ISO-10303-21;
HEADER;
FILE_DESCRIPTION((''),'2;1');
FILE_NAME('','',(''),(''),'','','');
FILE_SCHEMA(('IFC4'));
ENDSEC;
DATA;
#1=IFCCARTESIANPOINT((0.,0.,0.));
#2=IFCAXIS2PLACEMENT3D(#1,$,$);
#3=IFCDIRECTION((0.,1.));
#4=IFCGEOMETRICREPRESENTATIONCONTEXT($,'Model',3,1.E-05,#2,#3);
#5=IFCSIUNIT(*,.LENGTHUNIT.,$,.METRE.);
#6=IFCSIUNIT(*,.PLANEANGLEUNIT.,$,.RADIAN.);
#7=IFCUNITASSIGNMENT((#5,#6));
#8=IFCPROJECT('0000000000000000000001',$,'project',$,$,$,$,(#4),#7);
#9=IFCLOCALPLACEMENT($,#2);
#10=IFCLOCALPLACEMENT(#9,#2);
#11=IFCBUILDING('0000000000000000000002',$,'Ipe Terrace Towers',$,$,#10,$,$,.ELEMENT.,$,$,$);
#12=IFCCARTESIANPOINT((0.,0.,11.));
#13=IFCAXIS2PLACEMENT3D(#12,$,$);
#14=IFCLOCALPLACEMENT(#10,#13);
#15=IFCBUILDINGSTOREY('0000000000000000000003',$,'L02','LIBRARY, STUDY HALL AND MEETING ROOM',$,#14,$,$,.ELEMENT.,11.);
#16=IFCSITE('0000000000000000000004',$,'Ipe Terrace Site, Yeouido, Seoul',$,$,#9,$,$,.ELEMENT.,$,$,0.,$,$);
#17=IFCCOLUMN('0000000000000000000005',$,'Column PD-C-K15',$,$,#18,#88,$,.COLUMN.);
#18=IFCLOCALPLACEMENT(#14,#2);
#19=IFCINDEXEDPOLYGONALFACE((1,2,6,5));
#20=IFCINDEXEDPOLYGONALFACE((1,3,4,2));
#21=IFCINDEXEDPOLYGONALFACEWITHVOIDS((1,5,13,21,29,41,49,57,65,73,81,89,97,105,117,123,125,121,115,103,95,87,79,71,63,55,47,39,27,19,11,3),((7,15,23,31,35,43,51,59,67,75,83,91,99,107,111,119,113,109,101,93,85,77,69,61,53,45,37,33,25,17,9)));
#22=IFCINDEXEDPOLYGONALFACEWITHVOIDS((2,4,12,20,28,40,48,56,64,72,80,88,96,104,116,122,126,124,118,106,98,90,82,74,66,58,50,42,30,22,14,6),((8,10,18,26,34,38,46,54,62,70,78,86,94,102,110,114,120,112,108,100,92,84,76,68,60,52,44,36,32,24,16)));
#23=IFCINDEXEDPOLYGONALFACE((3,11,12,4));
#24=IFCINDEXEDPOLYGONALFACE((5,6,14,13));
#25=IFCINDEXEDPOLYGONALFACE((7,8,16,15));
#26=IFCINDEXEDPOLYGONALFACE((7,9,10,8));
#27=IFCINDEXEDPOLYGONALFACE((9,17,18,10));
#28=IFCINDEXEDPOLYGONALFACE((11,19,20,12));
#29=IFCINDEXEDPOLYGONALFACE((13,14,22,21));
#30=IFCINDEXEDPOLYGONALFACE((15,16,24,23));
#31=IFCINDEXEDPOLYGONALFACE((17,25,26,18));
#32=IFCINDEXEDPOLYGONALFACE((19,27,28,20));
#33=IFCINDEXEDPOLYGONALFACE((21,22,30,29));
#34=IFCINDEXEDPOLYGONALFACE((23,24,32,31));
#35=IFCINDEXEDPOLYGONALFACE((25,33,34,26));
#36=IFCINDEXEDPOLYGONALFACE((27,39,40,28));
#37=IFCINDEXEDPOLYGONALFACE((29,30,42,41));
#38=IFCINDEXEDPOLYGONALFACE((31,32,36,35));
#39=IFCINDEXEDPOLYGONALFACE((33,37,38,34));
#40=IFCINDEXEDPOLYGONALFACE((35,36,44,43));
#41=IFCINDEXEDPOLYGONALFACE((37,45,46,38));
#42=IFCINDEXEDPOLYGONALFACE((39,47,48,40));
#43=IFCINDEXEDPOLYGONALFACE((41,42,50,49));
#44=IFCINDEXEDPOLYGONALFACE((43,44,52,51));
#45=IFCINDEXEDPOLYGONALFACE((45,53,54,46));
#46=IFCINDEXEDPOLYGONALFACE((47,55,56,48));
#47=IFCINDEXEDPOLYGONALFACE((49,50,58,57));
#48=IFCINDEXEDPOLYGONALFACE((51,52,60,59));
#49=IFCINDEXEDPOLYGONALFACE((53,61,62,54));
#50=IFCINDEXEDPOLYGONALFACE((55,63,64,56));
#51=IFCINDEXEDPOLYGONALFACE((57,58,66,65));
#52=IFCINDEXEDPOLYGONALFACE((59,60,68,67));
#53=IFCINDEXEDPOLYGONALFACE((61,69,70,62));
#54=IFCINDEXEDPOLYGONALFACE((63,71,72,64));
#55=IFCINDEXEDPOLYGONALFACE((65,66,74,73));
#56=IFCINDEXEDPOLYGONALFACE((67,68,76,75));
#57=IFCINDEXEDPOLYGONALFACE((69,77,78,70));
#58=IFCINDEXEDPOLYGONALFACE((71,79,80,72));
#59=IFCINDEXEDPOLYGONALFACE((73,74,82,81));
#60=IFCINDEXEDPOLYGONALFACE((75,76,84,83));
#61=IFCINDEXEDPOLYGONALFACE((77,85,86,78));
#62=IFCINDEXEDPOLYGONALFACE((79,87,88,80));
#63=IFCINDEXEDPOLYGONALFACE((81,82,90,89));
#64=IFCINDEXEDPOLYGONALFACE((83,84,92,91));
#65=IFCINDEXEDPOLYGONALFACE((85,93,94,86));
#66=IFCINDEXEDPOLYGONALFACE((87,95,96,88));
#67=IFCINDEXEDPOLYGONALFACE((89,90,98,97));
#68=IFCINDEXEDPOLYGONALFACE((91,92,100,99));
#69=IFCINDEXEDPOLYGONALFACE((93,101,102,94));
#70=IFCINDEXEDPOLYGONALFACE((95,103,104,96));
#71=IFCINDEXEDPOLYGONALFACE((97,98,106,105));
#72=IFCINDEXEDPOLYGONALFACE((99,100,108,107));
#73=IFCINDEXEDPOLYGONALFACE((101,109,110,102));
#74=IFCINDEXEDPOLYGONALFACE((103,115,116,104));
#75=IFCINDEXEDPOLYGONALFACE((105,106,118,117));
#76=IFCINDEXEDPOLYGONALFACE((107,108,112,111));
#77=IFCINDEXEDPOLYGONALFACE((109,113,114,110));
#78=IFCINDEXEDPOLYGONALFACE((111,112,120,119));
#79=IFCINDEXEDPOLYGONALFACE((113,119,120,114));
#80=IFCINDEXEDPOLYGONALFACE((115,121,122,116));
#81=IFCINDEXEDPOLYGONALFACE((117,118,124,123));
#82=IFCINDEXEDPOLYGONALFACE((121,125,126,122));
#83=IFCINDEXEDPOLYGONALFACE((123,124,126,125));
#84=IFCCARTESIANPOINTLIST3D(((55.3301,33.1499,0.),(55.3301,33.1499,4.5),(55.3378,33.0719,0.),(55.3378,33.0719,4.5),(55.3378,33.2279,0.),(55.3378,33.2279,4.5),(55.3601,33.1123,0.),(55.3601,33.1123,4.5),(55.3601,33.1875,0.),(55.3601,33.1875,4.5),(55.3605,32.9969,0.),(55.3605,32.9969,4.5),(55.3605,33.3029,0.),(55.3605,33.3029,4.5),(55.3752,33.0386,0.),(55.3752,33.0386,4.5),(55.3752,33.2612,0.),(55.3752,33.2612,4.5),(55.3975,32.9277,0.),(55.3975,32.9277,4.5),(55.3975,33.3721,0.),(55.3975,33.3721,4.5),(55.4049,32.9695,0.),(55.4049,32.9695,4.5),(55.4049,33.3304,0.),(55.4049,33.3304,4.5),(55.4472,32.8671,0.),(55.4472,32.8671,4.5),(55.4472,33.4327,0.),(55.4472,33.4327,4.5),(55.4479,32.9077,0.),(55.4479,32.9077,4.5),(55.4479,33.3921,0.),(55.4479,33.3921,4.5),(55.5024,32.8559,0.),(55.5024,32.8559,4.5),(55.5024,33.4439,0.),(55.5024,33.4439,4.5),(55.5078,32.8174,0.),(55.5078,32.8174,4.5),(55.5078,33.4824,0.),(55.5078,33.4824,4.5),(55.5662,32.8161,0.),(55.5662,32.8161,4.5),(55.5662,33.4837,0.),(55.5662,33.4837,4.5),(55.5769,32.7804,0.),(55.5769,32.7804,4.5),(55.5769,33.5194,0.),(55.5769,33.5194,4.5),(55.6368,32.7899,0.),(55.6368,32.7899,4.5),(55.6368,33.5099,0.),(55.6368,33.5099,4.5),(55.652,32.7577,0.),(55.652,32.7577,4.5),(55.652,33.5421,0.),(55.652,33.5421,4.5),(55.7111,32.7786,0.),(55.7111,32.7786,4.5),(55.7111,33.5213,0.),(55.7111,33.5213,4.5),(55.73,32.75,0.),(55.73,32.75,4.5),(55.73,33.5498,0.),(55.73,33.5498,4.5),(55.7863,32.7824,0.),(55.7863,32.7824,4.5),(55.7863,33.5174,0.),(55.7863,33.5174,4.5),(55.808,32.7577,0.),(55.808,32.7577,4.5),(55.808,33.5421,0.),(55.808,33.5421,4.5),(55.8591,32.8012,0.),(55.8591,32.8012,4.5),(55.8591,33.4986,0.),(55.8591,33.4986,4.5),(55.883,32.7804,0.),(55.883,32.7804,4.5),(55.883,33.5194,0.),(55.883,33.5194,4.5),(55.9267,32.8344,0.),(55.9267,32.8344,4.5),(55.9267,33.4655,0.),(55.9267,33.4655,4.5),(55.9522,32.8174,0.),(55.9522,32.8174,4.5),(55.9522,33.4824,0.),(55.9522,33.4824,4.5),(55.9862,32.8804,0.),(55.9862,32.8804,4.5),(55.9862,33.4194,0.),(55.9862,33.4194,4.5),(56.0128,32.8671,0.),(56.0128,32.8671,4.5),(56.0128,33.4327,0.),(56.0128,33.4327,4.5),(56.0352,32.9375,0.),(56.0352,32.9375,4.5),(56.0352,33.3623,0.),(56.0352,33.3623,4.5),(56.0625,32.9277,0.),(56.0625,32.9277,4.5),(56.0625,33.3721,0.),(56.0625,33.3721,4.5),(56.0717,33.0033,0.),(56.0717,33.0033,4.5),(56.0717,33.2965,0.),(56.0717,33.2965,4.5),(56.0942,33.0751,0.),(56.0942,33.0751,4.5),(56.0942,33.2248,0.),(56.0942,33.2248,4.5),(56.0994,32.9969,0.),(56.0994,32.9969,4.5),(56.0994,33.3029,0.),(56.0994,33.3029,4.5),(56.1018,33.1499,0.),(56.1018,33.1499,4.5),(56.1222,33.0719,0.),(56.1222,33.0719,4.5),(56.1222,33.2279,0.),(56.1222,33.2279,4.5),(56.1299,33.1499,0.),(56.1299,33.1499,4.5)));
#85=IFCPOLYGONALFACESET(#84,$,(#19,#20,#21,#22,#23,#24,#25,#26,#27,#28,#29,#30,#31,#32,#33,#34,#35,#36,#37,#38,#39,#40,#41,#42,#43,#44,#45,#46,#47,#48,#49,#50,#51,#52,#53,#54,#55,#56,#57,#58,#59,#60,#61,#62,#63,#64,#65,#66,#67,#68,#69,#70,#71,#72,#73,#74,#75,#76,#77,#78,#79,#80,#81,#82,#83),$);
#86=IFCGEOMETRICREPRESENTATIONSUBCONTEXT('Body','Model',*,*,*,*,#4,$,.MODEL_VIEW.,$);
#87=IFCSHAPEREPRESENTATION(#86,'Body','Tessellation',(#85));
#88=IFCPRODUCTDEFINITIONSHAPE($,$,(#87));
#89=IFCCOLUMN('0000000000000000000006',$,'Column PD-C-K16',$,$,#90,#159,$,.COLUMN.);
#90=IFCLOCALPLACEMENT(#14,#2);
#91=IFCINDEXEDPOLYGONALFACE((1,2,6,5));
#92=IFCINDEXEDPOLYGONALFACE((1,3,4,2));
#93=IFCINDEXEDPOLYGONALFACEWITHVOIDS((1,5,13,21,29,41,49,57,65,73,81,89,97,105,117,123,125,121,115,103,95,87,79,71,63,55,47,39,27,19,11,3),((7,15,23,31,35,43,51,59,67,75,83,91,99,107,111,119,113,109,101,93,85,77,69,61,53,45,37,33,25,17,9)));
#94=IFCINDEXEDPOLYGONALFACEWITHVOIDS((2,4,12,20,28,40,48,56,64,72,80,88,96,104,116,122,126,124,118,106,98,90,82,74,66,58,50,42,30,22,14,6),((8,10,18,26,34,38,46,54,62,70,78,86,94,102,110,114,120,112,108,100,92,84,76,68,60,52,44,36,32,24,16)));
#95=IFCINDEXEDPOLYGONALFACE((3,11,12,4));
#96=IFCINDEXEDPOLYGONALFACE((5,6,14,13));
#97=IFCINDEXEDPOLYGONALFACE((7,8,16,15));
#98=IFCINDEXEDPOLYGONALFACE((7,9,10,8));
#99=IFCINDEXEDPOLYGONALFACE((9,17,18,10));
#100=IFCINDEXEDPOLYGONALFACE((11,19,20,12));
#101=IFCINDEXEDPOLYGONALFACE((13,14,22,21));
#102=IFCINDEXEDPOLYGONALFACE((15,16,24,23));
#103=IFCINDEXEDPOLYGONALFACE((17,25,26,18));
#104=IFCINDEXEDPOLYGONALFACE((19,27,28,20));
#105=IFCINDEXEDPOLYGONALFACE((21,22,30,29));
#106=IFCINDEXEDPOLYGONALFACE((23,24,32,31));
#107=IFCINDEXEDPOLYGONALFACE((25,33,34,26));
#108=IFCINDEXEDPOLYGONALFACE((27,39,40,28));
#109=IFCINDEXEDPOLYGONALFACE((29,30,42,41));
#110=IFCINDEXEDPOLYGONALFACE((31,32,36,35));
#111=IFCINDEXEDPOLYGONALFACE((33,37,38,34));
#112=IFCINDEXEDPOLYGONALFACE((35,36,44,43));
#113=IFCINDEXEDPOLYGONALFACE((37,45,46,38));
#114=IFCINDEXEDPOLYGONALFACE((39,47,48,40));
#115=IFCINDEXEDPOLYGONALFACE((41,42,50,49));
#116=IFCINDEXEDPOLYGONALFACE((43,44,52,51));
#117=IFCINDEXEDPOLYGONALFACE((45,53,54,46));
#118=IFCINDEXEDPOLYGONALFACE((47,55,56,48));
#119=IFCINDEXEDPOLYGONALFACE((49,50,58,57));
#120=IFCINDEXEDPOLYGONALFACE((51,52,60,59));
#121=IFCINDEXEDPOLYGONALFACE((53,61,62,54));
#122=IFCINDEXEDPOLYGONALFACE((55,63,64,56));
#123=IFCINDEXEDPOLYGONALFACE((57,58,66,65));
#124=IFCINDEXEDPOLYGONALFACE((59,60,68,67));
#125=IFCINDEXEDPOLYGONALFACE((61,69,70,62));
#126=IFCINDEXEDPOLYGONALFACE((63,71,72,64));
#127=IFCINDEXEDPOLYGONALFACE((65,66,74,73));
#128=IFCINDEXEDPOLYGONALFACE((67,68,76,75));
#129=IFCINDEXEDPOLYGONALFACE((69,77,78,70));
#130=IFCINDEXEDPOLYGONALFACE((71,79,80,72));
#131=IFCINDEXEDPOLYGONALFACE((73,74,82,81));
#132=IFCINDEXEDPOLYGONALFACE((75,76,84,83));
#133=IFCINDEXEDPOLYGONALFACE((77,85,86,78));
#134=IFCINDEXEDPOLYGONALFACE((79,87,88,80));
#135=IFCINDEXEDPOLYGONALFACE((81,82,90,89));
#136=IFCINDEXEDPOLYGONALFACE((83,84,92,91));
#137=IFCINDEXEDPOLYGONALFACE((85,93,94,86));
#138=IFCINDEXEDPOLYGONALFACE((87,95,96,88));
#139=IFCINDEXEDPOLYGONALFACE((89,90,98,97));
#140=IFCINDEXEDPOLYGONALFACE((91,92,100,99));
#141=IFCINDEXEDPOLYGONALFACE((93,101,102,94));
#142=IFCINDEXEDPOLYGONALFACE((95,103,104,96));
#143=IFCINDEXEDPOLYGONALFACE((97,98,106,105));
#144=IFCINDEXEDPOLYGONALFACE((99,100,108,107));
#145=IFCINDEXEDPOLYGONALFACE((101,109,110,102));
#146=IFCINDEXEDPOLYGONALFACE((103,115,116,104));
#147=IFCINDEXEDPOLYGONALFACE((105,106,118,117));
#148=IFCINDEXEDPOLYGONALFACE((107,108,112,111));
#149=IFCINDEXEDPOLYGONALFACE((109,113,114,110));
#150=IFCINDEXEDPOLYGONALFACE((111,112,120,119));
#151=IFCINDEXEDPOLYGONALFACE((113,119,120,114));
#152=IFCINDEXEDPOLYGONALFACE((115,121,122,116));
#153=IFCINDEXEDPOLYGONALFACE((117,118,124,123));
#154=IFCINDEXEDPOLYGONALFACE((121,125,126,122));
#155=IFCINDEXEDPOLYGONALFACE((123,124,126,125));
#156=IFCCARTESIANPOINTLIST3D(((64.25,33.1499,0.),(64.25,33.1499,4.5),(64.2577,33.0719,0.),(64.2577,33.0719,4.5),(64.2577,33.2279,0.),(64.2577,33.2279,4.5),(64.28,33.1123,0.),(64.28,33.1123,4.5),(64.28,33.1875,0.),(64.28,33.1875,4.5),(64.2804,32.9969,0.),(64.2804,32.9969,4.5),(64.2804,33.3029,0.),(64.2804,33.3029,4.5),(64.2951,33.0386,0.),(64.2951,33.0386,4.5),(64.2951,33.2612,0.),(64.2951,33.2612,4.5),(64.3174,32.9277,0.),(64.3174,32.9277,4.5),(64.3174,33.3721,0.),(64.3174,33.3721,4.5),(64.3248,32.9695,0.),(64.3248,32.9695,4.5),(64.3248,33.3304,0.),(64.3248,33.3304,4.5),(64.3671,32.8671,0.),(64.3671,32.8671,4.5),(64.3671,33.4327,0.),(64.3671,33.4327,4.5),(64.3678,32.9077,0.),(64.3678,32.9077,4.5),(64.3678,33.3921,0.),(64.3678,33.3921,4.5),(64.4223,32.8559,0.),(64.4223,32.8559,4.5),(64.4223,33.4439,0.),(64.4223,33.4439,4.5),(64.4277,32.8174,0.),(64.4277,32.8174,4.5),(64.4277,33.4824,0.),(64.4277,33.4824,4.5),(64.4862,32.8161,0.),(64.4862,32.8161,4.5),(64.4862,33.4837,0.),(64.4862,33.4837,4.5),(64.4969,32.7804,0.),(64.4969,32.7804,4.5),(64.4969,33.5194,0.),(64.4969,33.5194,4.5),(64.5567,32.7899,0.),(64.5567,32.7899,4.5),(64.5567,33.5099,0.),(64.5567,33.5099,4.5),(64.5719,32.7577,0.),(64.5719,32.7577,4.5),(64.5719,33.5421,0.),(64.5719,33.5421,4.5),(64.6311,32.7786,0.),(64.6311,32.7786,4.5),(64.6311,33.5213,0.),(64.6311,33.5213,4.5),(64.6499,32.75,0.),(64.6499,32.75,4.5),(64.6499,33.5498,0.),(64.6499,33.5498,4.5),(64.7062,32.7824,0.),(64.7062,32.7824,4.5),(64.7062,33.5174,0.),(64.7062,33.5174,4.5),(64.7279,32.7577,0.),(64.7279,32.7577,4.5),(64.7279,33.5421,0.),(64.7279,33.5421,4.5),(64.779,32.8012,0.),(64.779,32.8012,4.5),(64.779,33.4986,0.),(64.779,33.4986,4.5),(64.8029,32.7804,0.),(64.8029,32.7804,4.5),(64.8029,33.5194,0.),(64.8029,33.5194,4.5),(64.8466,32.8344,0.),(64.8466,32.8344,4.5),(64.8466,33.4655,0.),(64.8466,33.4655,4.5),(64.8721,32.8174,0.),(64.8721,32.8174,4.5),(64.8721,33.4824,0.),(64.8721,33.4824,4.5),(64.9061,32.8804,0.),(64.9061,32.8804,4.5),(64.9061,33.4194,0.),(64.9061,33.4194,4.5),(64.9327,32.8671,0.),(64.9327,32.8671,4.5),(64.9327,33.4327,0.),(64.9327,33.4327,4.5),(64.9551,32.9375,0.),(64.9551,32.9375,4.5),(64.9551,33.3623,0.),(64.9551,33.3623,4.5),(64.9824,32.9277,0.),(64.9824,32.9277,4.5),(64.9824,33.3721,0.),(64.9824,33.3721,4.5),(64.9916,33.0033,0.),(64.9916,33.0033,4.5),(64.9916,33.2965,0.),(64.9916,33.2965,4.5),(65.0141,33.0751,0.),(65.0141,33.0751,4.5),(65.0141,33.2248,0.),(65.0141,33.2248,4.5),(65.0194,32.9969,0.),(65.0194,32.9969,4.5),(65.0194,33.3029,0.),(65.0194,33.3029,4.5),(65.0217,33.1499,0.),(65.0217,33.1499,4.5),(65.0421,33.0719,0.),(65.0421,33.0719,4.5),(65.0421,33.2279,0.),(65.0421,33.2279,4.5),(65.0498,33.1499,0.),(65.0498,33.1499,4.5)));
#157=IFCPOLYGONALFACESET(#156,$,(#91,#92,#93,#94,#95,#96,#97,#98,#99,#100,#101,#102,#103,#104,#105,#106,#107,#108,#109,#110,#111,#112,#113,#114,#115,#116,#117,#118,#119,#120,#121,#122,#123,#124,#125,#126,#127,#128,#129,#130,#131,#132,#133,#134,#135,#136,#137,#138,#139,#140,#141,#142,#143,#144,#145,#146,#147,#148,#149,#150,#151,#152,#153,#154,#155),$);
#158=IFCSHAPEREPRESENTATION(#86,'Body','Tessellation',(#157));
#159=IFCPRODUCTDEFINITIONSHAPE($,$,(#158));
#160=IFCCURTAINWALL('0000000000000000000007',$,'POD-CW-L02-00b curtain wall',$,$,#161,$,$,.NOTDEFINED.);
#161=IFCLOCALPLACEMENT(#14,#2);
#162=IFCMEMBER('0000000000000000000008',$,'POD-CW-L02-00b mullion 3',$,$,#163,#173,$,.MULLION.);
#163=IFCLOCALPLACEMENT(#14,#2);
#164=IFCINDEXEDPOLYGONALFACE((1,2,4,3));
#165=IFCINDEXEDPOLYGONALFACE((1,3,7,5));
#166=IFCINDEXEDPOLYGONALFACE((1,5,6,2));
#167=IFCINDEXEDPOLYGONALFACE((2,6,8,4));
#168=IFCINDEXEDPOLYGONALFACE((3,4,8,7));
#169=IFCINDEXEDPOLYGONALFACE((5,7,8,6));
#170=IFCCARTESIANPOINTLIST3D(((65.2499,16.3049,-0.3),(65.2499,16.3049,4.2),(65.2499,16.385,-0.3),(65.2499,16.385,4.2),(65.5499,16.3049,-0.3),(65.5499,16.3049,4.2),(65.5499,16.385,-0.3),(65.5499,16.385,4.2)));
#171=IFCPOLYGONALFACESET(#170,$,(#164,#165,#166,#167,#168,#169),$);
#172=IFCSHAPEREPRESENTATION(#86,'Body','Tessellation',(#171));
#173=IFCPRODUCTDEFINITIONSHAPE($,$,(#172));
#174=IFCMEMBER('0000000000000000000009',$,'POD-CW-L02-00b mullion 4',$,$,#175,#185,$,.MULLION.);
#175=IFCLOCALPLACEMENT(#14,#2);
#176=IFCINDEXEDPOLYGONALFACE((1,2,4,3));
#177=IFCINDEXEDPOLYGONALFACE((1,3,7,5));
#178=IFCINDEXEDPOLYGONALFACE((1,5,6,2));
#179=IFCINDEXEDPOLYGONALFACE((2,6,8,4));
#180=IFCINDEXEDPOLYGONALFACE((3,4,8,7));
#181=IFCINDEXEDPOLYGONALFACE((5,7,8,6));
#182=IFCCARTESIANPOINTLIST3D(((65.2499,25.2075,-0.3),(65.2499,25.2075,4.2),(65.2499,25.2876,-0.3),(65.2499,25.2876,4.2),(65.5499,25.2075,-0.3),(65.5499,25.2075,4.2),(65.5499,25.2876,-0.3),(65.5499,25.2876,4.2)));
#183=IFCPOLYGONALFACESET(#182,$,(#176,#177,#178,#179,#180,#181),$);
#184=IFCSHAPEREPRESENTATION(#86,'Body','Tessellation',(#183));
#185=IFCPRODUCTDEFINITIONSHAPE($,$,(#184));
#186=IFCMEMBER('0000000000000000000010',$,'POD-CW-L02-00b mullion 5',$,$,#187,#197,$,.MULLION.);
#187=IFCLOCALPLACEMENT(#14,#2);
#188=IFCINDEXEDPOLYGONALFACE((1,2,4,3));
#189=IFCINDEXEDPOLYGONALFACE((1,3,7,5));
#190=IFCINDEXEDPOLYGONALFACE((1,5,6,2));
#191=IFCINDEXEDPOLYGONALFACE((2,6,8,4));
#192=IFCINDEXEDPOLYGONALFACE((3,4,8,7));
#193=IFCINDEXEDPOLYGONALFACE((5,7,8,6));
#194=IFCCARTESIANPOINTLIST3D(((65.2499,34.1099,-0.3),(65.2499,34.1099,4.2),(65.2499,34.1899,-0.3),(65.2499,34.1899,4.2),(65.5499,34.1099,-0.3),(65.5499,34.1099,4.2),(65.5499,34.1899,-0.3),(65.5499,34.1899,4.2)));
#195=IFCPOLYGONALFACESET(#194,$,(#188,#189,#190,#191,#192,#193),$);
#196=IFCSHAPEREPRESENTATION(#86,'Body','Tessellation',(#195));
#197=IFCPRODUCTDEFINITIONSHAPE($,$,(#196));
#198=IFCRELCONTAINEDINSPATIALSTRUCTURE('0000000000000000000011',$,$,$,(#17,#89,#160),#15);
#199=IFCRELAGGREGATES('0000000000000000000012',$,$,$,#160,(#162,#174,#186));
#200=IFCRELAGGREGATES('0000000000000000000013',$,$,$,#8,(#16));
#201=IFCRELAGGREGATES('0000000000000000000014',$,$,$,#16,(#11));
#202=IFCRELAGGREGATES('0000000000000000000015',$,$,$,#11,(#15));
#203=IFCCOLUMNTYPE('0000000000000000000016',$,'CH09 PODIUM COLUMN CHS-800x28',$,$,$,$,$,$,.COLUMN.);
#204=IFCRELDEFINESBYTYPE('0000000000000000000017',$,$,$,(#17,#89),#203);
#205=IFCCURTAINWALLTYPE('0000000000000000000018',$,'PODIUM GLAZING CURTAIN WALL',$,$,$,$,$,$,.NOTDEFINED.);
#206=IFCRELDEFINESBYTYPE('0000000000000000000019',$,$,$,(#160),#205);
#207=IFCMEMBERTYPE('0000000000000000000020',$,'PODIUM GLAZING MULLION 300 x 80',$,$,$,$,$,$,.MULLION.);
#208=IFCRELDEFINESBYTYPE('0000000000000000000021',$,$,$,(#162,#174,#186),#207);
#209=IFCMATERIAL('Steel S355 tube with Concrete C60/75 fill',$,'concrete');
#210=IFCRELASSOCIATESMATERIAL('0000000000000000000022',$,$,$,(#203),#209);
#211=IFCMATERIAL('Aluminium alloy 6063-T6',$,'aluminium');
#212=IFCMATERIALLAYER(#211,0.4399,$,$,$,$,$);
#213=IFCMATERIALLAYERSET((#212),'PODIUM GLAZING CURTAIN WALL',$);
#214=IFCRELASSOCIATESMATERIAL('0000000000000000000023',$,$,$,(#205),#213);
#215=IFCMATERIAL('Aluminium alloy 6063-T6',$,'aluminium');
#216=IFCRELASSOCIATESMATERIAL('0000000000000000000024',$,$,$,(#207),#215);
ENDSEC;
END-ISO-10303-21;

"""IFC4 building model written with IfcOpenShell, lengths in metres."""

from ifc_helpers import new_model, si_unit, direction, frame, origin, origin_2d, place, context, subcontext, project, spatial, rectangle, hollow_circle, extrude, material, layer, layer_set, material_profile, profile_set, type_object, element, aggregate, save


model = new_model("IFC4")

# Units and contexts
model_context = context("Model", 3, precision=1e-05, world=origin(), true_north=direction((0.0, 1.0)))
body_context = subcontext(model_context, "Body", "Model", "MODEL_VIEW")
ifc_project = project(units=[si_unit("LENGTHUNIT", "METRE"), si_unit("PLANEANGLEUNIT", "RADIAN")], contexts=[model_context])

# Site, building, storey
site_placement = place(None, origin())
site = spatial("IfcSite", under=ifc_project, at=site_placement, Name="Ipe Terrace Site, Yeouido, Seoul", CompositionType="ELEMENT", RefElevation=0.0)
building_placement = place(site_placement, origin())
building = spatial("IfcBuilding", under=site, at=building_placement, Name="Ipe Terrace Towers", CompositionType="ELEMENT")
storey_placement = place(building_placement, frame((0.0, 0.0, 11.0)))
storey = spatial("IfcBuildingStorey", under=building, at=storey_placement, Name="L02", Description="LIBRARY, STUDY HALL AND MEETING ROOM", CompositionType="ELEMENT", Elevation=11.0)

# Columns
ifc_material_1 = material(Name="Steel S355 tube with Concrete C60/75 fill", Category="concrete")
ifc_material_profile_1 = material_profile(ifc_material_1, hollow_circle(Radius=0.3999, WallThickness=0.0281, at=origin_2d()), Name="CHS-800x28")
ifc_profile_set_1 = profile_set([ifc_material_profile_1], Name="Steel S355 tube with Concrete C60/75 fill")
column_type = type_object("IfcColumnType", Name="CH09 PODIUM COLUMN CHS-800x28", PredefinedType="COLUMN", material=ifc_profile_set_1)
for number, where, z_axis, x_axis, name in (
    (1, (55.73, 33.1499, 0.0), (0.0, 0.0, 1.0), (1.0, 0.0, 0.0), "Column PD-C-K15"),
    (2, (64.6499, 33.1499, 0.0), (0.0, 0.0, 1.0), (1.0, 0.0, 0.0), "Column PD-C-K16"),
):
    element("IfcColumn", number, at=place(storey_placement, frame(where, z_axis=z_axis, x_axis=x_axis)), inside=storey, type_object=column_type, Name=name, PredefinedType="COLUMN", context=body_context, shape_type="SweptSolid", body=[
        extrude(hollow_circle(Radius=0.3999, WallThickness=0.0281, at=origin_2d()), origin(), (0.0, 0.0, 1.0), 4.5),
    ])

# Curtain wall, members
ifc_material_2 = material(Name="Aluminium alloy 6063-T6", Category="aluminium")
ifc_layer_1 = layer(ifc_material_2, 0.4399)
ifc_layer_set_1 = layer_set([ifc_layer_1], Name="PODIUM GLAZING CURTAIN WALL")
curtain_wall_type = type_object("IfcCurtainWallType", Name="PODIUM GLAZING CURTAIN WALL", PredefinedType="NOTDEFINED", material=ifc_layer_set_1)
curtain_wall_1_placement = place(storey_placement, origin())
curtain_wall_1 = element("IfcCurtainWall", 3, at=curtain_wall_1_placement, inside=storey, type_object=curtain_wall_type, Name="POD-CW-L02-00b curtain wall", PredefinedType="NOTDEFINED")
ifc_material_3 = material(Name="Aluminium alloy 6063-T6", Category="aluminium")
ifc_material_profile_2 = material_profile(ifc_material_3, rectangle(XDim=0.3, YDim=0.0801, at=origin_2d()), Name="PODIUM GLAZING MULLION 300 x 80")
ifc_profile_set_2 = profile_set([ifc_material_profile_2], Name="Aluminium alloy 6063-T6")
member_type_1 = type_object("IfcMemberType", Name="PODIUM GLAZING MULLION 300 x 80", PredefinedType="MULLION", material=ifc_profile_set_2)
member_1_placement = place(storey_placement, frame((65.3999, 16.345, -0.3), z_axis=(0.0, 0.0, 1.0), x_axis=(1.0, 0.0, 0.0)))
member_1 = element("IfcMember", 4, at=member_1_placement, type_object=member_type_1, Name="POD-CW-L02-00b mullion 3", PredefinedType="MULLION", context=body_context, shape_type="SweptSolid", body=[
    extrude(rectangle(XDim=0.3, YDim=0.0801, at=origin_2d()), origin(), (0.0, 0.0, 1.0), 4.5),
])
member_2_placement = place(storey_placement, frame((65.3999, 25.2476, -0.3), z_axis=(0.0, 0.0, 1.0), x_axis=(1.0, 0.0, 0.0)))
member_2 = element("IfcMember", 5, at=member_2_placement, type_object=member_type_1, Name="POD-CW-L02-00b mullion 4", PredefinedType="MULLION", context=body_context, shape_type="SweptSolid", body=[
    extrude(rectangle(XDim=0.3, YDim=0.0801, at=origin_2d()), origin(), (0.0, 0.0, 1.0), 4.5),
])
member_3_placement = place(storey_placement, frame((65.3999, 34.1499, -0.3), z_axis=(0.0, 0.0, 1.0), x_axis=(1.0, 0.0, 0.0)))
member_3 = element("IfcMember", 6, at=member_3_placement, type_object=member_type_1, Name="POD-CW-L02-00b mullion 5", PredefinedType="MULLION", context=body_context, shape_type="SweptSolid", body=[
    extrude(rectangle(XDim=0.3, YDim=0.0801, at=origin_2d()), origin(), (0.0, 0.0, 1.0), 4.5),
])

aggregate(curtain_wall_1, [member_1, member_2, member_3])

save(model, "model.ifc")
